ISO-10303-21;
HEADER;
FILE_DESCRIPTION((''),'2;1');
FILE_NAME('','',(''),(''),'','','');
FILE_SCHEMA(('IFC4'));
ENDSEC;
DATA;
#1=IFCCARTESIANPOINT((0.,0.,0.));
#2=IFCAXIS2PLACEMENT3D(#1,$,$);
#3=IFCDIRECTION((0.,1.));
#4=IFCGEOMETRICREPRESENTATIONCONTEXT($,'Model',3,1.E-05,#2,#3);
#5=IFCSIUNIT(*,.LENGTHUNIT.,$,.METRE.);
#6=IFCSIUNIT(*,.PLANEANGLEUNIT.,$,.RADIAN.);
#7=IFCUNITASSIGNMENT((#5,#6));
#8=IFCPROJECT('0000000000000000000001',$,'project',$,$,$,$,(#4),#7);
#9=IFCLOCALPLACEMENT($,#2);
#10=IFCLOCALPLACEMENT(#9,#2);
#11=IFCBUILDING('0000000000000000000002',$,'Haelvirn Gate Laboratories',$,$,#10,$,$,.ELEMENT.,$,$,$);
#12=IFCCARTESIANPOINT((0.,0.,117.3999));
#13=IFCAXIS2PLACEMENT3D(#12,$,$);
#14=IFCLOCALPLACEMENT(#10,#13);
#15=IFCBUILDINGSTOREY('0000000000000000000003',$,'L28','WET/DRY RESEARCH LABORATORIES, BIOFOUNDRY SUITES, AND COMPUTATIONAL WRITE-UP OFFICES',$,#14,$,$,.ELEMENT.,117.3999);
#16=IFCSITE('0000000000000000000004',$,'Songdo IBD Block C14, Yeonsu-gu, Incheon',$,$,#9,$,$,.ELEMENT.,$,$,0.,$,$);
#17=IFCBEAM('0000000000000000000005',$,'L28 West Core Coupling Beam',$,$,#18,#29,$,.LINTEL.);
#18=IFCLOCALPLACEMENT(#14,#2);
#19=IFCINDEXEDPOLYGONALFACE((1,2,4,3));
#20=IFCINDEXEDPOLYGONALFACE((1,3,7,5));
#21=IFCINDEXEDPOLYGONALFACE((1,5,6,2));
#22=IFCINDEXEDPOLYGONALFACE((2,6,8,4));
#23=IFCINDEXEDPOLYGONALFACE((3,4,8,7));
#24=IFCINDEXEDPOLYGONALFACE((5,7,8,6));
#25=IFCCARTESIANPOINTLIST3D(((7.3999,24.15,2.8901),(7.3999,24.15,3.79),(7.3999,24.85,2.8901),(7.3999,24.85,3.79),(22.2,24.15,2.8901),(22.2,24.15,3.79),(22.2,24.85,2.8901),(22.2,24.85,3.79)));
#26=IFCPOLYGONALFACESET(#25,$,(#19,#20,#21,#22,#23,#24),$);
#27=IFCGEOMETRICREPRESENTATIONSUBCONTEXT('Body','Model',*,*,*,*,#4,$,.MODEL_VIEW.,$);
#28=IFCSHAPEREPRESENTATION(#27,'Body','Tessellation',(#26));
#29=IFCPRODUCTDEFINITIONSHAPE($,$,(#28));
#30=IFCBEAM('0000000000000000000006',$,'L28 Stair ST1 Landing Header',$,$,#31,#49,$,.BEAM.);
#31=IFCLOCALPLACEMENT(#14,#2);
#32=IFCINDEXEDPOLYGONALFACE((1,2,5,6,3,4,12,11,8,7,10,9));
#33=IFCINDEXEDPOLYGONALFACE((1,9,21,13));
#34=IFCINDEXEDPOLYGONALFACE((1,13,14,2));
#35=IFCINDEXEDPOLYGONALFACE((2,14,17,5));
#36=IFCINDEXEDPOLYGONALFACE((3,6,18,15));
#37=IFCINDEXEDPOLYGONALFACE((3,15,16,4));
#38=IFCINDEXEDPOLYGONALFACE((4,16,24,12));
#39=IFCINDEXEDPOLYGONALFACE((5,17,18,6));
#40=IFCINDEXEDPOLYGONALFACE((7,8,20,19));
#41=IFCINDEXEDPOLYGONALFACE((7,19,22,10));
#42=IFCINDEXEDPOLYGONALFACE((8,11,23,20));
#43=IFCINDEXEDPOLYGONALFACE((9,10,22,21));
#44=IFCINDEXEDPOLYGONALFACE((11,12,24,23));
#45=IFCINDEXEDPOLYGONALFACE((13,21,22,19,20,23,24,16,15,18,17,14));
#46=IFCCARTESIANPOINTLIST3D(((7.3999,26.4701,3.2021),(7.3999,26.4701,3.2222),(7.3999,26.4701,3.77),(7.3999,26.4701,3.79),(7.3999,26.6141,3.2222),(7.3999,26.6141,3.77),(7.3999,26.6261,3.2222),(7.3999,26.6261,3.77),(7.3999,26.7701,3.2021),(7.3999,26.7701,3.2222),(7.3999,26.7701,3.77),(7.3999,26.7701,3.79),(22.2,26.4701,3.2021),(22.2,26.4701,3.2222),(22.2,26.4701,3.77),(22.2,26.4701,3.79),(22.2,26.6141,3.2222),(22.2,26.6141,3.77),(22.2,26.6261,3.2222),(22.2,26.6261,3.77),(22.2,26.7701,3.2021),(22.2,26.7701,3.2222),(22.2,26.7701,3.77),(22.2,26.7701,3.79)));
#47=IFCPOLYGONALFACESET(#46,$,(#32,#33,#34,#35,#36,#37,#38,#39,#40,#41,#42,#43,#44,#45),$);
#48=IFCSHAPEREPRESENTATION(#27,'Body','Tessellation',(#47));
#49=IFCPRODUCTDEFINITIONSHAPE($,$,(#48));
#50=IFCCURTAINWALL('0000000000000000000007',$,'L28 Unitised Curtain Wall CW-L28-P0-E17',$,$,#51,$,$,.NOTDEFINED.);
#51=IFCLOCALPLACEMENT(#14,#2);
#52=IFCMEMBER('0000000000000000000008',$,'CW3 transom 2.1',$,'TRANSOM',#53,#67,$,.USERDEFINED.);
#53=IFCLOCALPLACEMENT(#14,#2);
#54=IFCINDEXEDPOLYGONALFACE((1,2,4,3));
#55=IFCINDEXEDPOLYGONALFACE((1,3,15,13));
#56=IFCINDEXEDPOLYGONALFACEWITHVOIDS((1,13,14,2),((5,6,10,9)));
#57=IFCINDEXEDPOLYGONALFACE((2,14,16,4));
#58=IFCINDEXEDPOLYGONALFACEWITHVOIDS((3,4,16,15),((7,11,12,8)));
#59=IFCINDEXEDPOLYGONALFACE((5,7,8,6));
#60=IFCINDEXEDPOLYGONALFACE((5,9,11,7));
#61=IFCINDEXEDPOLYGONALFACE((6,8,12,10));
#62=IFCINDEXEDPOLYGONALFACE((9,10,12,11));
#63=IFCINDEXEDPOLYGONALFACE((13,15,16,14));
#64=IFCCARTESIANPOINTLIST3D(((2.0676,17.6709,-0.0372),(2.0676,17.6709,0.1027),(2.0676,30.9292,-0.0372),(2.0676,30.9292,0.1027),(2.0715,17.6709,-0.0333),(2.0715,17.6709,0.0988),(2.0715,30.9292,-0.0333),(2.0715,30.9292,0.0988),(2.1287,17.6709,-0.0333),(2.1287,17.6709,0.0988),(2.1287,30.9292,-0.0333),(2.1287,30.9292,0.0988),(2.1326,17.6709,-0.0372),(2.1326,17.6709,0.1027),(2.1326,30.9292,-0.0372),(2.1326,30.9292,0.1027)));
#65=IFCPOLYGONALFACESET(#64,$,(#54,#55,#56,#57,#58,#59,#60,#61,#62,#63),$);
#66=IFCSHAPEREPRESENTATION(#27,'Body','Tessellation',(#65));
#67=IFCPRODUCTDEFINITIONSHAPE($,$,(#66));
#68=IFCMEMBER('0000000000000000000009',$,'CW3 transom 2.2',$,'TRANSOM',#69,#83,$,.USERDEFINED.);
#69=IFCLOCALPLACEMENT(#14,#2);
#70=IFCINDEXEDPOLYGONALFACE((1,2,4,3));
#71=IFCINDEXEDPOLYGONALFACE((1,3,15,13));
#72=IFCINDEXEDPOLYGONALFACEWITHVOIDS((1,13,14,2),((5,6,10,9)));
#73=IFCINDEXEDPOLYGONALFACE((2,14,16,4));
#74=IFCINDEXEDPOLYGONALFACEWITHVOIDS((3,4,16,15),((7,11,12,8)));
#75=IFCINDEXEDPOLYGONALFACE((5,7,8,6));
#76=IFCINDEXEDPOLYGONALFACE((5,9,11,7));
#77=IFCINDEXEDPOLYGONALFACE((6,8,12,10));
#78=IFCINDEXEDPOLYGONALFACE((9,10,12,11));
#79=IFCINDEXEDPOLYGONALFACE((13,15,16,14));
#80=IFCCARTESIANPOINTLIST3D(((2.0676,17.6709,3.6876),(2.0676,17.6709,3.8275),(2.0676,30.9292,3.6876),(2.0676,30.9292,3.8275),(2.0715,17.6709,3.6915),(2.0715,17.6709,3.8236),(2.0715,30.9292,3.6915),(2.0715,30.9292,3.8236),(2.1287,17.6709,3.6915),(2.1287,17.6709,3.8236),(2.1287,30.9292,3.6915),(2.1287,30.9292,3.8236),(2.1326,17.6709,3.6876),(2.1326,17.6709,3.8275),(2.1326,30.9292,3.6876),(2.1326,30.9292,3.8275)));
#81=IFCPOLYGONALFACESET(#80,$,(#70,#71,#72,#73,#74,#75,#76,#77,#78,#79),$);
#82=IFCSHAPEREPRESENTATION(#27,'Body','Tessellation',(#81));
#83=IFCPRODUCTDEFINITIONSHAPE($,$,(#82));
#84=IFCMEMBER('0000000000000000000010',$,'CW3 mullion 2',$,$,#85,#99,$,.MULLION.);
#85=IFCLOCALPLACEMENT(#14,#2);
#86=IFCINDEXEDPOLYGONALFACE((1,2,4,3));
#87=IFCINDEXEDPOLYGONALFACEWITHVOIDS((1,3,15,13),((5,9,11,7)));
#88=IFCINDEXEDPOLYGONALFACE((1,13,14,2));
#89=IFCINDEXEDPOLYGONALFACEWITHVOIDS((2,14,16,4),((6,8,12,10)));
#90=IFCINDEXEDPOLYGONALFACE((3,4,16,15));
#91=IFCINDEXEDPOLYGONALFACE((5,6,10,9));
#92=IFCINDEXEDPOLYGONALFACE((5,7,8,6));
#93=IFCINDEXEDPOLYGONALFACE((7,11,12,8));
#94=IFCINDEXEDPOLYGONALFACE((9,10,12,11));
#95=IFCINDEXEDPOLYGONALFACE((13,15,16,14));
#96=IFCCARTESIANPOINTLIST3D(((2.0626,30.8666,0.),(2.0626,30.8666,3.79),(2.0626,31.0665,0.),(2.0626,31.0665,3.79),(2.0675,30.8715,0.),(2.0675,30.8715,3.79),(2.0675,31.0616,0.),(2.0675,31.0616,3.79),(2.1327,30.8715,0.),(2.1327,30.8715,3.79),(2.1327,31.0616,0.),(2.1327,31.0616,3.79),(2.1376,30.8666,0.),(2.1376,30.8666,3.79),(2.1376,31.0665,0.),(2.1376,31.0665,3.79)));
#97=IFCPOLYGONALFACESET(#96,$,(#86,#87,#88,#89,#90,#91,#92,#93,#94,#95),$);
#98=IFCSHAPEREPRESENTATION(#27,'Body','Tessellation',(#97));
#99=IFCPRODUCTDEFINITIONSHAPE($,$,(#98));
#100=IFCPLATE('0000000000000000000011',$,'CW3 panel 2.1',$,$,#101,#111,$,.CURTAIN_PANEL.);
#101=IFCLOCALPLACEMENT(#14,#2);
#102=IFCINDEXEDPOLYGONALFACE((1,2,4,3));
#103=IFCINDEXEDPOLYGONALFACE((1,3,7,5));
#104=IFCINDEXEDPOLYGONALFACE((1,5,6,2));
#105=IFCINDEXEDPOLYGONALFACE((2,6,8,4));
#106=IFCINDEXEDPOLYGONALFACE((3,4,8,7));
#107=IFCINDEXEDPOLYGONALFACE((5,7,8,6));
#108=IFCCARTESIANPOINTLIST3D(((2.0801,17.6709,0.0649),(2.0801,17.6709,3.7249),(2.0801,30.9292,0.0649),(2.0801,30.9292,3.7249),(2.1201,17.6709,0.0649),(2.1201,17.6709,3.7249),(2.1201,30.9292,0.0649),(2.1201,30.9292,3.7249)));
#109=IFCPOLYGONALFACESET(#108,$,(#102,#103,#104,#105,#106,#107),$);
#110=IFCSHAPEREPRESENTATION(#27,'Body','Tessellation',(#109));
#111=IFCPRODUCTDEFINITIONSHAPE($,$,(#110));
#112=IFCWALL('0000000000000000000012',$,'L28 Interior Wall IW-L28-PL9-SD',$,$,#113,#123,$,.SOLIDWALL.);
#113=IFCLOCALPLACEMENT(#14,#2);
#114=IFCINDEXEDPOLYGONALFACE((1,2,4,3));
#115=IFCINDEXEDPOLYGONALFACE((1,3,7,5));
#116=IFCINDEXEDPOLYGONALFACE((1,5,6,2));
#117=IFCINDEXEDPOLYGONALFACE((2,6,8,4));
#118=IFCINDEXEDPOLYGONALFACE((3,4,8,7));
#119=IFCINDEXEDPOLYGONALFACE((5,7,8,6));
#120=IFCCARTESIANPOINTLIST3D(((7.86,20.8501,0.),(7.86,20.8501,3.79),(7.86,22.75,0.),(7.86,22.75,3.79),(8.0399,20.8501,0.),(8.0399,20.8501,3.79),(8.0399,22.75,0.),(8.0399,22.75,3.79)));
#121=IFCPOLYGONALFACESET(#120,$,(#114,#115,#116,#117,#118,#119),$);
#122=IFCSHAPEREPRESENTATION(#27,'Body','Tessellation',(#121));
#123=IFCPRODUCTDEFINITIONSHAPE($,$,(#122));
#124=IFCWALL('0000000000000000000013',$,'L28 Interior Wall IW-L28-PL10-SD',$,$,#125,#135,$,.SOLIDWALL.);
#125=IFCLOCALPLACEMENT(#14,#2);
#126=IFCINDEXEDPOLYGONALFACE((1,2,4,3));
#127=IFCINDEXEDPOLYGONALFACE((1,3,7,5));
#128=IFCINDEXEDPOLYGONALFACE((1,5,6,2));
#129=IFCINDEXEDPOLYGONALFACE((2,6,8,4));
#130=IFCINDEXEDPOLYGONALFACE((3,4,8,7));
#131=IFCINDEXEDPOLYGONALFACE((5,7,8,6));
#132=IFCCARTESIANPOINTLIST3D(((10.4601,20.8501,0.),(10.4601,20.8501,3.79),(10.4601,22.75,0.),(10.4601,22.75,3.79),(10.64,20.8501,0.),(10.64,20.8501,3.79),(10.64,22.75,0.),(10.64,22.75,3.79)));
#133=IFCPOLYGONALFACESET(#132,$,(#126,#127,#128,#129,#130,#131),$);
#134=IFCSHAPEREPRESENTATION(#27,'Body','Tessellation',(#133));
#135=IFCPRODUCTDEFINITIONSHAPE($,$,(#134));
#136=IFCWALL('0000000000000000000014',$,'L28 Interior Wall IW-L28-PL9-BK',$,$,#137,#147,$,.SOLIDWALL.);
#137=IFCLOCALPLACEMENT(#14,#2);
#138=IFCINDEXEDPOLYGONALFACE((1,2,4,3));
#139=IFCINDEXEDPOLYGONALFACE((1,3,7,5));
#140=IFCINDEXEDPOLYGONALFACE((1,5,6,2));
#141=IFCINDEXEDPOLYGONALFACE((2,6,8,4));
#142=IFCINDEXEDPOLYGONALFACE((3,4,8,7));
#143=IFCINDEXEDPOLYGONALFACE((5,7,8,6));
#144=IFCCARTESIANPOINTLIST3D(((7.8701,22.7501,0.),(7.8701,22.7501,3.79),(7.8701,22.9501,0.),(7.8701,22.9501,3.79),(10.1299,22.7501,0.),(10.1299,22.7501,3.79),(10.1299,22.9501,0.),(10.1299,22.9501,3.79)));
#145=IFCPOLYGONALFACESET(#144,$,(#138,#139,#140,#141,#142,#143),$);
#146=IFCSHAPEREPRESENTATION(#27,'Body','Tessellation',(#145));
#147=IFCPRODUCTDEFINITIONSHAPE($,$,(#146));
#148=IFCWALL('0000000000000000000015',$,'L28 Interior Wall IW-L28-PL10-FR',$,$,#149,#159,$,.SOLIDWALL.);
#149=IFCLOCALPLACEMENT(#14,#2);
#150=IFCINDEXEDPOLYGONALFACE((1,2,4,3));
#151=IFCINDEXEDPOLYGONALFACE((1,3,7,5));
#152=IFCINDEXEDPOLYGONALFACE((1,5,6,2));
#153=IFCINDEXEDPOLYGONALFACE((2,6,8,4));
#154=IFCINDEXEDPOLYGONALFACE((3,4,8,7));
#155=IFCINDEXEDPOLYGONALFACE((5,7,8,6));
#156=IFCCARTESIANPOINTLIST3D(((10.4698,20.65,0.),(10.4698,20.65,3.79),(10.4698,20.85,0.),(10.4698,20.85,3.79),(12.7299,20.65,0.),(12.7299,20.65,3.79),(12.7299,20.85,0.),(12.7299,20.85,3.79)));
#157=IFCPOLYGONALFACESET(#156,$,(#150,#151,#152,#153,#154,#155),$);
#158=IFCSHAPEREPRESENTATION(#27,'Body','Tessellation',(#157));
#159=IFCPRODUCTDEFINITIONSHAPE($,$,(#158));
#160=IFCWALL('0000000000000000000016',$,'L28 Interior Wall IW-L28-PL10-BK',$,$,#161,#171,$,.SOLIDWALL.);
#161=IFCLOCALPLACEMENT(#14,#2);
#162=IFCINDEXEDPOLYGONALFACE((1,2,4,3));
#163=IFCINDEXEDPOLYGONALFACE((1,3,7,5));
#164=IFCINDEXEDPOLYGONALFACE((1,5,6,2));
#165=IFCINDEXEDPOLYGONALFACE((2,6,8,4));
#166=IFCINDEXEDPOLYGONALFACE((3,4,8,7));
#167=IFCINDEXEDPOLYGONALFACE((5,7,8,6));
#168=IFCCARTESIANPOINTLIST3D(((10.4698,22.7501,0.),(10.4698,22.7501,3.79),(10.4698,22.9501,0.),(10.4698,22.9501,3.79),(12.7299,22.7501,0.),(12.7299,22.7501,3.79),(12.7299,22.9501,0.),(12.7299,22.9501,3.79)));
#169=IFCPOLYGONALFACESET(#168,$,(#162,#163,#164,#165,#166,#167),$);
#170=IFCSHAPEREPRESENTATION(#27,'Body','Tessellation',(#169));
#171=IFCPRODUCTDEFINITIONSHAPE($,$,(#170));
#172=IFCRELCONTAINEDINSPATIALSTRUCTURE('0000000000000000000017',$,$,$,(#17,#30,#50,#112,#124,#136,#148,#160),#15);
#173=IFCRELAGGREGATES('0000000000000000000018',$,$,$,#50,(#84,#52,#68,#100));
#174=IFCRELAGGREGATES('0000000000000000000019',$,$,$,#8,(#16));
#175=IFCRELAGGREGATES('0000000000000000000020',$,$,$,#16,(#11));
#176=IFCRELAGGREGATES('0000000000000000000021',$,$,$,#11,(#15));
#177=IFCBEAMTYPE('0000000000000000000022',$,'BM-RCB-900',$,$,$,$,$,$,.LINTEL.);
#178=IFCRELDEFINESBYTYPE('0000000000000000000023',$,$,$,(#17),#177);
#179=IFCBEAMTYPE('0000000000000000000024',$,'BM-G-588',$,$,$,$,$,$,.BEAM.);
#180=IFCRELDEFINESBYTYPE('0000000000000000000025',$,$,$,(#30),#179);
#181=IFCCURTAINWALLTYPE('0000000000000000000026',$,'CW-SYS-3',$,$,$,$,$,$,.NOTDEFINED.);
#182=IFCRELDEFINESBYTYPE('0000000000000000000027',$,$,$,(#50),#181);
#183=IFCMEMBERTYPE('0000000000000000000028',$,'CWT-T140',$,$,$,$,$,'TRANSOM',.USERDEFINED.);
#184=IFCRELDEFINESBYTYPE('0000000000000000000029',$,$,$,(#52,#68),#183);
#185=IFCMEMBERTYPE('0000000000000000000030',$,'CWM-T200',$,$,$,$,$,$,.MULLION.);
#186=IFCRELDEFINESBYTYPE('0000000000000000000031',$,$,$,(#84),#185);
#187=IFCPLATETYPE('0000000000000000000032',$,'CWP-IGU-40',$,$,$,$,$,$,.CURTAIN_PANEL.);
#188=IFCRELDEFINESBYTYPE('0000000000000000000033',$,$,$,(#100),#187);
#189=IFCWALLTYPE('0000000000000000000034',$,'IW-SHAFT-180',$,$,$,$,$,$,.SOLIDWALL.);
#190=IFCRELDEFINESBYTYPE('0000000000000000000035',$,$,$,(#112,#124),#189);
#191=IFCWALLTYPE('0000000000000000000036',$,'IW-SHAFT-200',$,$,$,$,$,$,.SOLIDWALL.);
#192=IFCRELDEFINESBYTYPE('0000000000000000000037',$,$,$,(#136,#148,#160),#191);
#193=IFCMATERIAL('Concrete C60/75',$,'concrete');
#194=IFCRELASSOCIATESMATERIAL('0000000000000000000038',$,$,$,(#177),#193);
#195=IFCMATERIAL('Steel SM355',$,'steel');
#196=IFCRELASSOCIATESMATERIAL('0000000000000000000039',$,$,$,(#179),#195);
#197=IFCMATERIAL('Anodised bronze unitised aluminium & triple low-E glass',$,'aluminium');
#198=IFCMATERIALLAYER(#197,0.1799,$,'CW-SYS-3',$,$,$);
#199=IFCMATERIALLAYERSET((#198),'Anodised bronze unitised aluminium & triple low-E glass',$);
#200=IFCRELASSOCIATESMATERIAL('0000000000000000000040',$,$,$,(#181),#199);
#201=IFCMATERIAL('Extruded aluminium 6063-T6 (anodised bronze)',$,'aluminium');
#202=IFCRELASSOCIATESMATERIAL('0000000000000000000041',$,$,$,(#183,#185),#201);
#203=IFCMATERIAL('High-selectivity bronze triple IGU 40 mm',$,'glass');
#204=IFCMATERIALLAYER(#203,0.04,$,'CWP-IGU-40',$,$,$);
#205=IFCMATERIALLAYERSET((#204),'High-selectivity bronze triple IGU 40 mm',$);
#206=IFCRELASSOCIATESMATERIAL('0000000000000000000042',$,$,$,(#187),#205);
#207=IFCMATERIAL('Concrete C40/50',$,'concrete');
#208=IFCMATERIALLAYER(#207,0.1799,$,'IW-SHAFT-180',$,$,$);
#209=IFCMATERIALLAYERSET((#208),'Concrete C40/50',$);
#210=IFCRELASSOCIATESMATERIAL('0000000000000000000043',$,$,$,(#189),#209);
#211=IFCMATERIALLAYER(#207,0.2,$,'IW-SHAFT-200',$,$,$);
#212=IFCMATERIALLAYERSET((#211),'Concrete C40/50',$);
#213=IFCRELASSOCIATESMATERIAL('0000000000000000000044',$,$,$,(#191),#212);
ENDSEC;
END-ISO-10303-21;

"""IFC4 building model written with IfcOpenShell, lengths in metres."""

from ifc_helpers import new_model, si_unit, direction, frame, frame_2d, origin, origin_2d, place, context, subcontext, project, spatial, rectangle, hollow_rectangle, i_section, extrude, source, transform, mapped, material, layer, layer_set, material_profile, profile_set, type_object, type_shapes, element, aggregate, save


model = new_model("IFC4")

# Units and contexts
model_context = context("Model", 3, precision=1e-05, world=origin(), true_north=direction((0.0, 1.0)))
body_context = subcontext(model_context, "Body", "Model", "MODEL_VIEW")
ifc_project = project(units=[si_unit("LENGTHUNIT", "METRE"), si_unit("PLANEANGLEUNIT", "RADIAN")], contexts=[model_context])

# Site, building, storey
site_placement = place(None, origin())
site = spatial("IfcSite", under=ifc_project, at=site_placement, Name="Songdo IBD Block C14, Yeonsu-gu, Incheon", CompositionType="ELEMENT", RefElevation=0.0)
building_placement = place(site_placement, origin())
building = spatial("IfcBuilding", under=site, at=building_placement, Name="Haelvirn Gate Laboratories", CompositionType="ELEMENT")
storey_placement = place(building_placement, frame((0.0, 0.0, 117.3999)))
storey = spatial("IfcBuildingStorey", under=building, at=storey_placement, Name="L28", Description="WET/DRY RESEARCH LABORATORIES, BIOFOUNDRY SUITES, AND COMPUTATIONAL WRITE-UP OFFICES", CompositionType="ELEMENT", Elevation=117.3999)

# Beams
ifc_material_1 = material(Name="Concrete C60/75", Category="concrete")
ifc_material_profile_1 = material_profile(ifc_material_1, rectangle(XDim=0.7, YDim=0.8999, at=origin_2d()), Name="RCB-700x900")
ifc_profile_set_1 = profile_set([ifc_material_profile_1], Name="Concrete C60/75")
beam_type_1 = type_object("IfcBeamType", Name="BM-RCB-900", PredefinedType="LINTEL", material=ifc_profile_set_1)
shared_shape_1 = source(origin(), body_context, "Body", "SweptSolid", [
    extrude(rectangle(XDim=0.7, YDim=0.8999, at=origin_2d()), origin(), (0.0, 0.0, 1.0), 14.8),
])
type_shapes(beam_type_1, [shared_shape_1])
beam_1_placement = place(storey_placement, frame((7.3999, 24.5, 3.3401), z_axis=(1.0, 0.0, 0.0), x_axis=(0.0, 1.0, 0.0)))
element("IfcBeam", 1, at=beam_1_placement, inside=storey, type_object=beam_type_1, Name="L28 West Core Coupling Beam", PredefinedType="LINTEL", context=body_context, shape_type="MappedRepresentation", body=[
    mapped(shared_shape_1, transform((0.0, 0.0, 0.0), scale=1.0)),
])
ifc_material_2 = material(Name="Steel SM355", Category="steel")
ifc_material_profile_2 = material_profile(ifc_material_2, i_section(OverallWidth=0.3, OverallDepth=0.5879, WebThickness=0.012, FlangeThickness=0.02, at=origin_2d()), Name="H-588x300x12x20")
ifc_profile_set_2 = profile_set([ifc_material_profile_2], Name="Steel SM355")
beam_type_2 = type_object("IfcBeamType", Name="BM-G-588", PredefinedType="BEAM", material=ifc_profile_set_2)
shared_shape_2 = source(origin(), body_context, "Body", "SweptSolid", [
    extrude(i_section(OverallWidth=0.3, OverallDepth=0.5879, WebThickness=0.012, FlangeThickness=0.02, at=origin_2d()), origin(), (0.0, 0.0, 1.0), 14.8),
])
type_shapes(beam_type_2, [shared_shape_2])
beam_2_placement = place(storey_placement, frame((7.3999, 26.6201, 3.4961), z_axis=(1.0, 0.0, 0.0), x_axis=(0.0, 1.0, 0.0)))
element("IfcBeam", 2, at=beam_2_placement, inside=storey, type_object=beam_type_2, Name="L28 Stair ST1 Landing Header", PredefinedType="BEAM", context=body_context, shape_type="MappedRepresentation", body=[
    mapped(shared_shape_2, transform((0.0, 0.0, 0.0), scale=1.0)),
])

# Curtain wall, members, plate
ifc_material_3 = material(Name="Anodised bronze unitised aluminium & triple low-E glass", Category="aluminium")
ifc_layer_1 = layer(ifc_material_3, 0.1799, Name="CW-SYS-3")
ifc_layer_set_1 = layer_set([ifc_layer_1], Name="Anodised bronze unitised aluminium & triple low-E glass")
curtain_wall_type = type_object("IfcCurtainWallType", Name="CW-SYS-3", PredefinedType="NOTDEFINED", material=ifc_layer_set_1)
curtain_wall_placement = place(storey_placement, origin())
curtain_wall = element("IfcCurtainWall", 3, at=curtain_wall_placement, inside=storey, type_object=curtain_wall_type, Name="L28 Unitised Curtain Wall CW-L28-P0-E17", PredefinedType="NOTDEFINED")
ifc_material_4 = material(Name="Extruded aluminium 6063-T6 (anodised bronze)", Category="aluminium")
ifc_material_profile_3 = material_profile(ifc_material_4, hollow_rectangle(XDim=0.0649, YDim=0.1399, WallThickness=0.0039, at=origin_2d()), Name="CWT-140x65x4")
ifc_profile_set_3 = profile_set([ifc_material_profile_3], Name="Extruded aluminium 6063-T6 (anodised bronze)")
member_type_1 = type_object("IfcMemberType", Name="CWT-T140", ElementType="TRANSOM", PredefinedType="USERDEFINED", material=ifc_profile_set_3)
shared_shape_3 = source(origin(), body_context, "Body", "SweptSolid", [
    extrude(hollow_rectangle(XDim=0.0649, YDim=0.1399, WallThickness=0.0039, at=origin_2d()), origin(), (0.0, 0.0, 1.0), 13.2583),
])
type_shapes(member_type_1, [shared_shape_3])
member_1_placement = place(storey_placement, frame((2.1001, 30.9292, 0.0327), z_axis=(0.0, -1.0, 0.0), x_axis=(1.0, 0.0, 0.0)))
member_1 = element("IfcMember", 4, at=member_1_placement, type_object=member_type_1, Name="CW3 transom 2.1", ObjectType="TRANSOM", PredefinedType="USERDEFINED", context=body_context, shape_type="MappedRepresentation", body=[
    mapped(shared_shape_3, transform((0.0, 0.0, 0.0), scale=1.0)),
])
member_2_placement = place(storey_placement, frame((2.1001, 30.9292, 3.7576), z_axis=(0.0, -1.0, 0.0), x_axis=(1.0, 0.0, 0.0)))
member_2 = element("IfcMember", 5, at=member_2_placement, type_object=member_type_1, Name="CW3 transom 2.2", ObjectType="TRANSOM", PredefinedType="USERDEFINED", context=body_context, shape_type="MappedRepresentation", body=[
    mapped(shared_shape_3, transform((0.0, 0.0, 0.0), scale=1.0)),
])
ifc_material_profile_4 = material_profile(ifc_material_4, hollow_rectangle(XDim=0.075, YDim=0.2, WallThickness=0.0049, at=origin_2d()), Name="CWM-200x75x5")
ifc_profile_set_4 = profile_set([ifc_material_profile_4], Name="Extruded aluminium 6063-T6 (anodised bronze)")
member_type_2 = type_object("IfcMemberType", Name="CWM-T200", PredefinedType="MULLION", material=ifc_profile_set_4)
shared_shape_4 = source(origin(), body_context, "Body", "SweptSolid", [
    extrude(hollow_rectangle(XDim=0.075, YDim=0.2, WallThickness=0.0049, at=origin_2d()), origin(), (0.0, 0.0, 1.0), 3.79),
])
type_shapes(member_type_2, [shared_shape_4])
member_3_placement = place(storey_placement, frame((2.1001, 30.9666, 0.0), z_axis=(0.0, 0.0, 1.0), x_axis=(1.0, 0.0, 0.0)))
member_3 = element("IfcMember", 6, at=member_3_placement, type_object=member_type_2, Name="CW3 mullion 2", PredefinedType="MULLION", context=body_context, shape_type="MappedRepresentation", body=[
    mapped(shared_shape_4, transform((0.0, 0.0, 0.0), scale=1.0)),
])
ifc_material_5 = material(Name="High-selectivity bronze triple IGU 40 mm", Category="glass")
ifc_layer_2 = layer(ifc_material_5, 0.04, Name="CWP-IGU-40")
ifc_layer_set_2 = layer_set([ifc_layer_2], Name="High-selectivity bronze triple IGU 40 mm")
plate_type = type_object("IfcPlateType", Name="CWP-IGU-40", PredefinedType="CURTAIN_PANEL", material=ifc_layer_set_2)
shared_shape_5 = source(origin(), body_context, "Body", "SweptSolid", [
    extrude(rectangle(XDim=13.2583, YDim=0.04, at=origin_2d()), origin(), (0.0, 0.0, 1.0), 3.6599),
])
type_shapes(plate_type, [shared_shape_5])
plate_placement = place(storey_placement, frame((2.1001, 24.3, 0.0649), z_axis=(0.0, 0.0, 1.0), x_axis=(0.0, -1.0, 0.0)))
plate = element("IfcPlate", 7, at=plate_placement, type_object=plate_type, Name="CW3 panel 2.1", PredefinedType="CURTAIN_PANEL", context=body_context, shape_type="MappedRepresentation", body=[
    mapped(shared_shape_5, transform((0.0, 0.0, 0.0), scale=1.0)),
])
aggregate(curtain_wall, [member_3, member_1, member_2, plate])

# Walls
ifc_material_6 = material(Name="Concrete C40/50", Category="concrete")
ifc_layer_3 = layer(ifc_material_6, 0.1799, Name="IW-SHAFT-180")
ifc_layer_set_3 = layer_set([ifc_layer_3], Name="Concrete C40/50")
wall_type_1 = type_object("IfcWallType", Name="IW-SHAFT-180", PredefinedType="SOLIDWALL", material=ifc_layer_set_3)
for number, where, z_axis, x_axis, name in (
    (8, (7.95, 20.8501, 0.0), (0.0, 0.0, 1.0), (0.0, 1.0, 0.0), "L28 Interior Wall IW-L28-PL9-SD"),
    (9, (10.55, 20.8501, 0.0), (0.0, 0.0, 1.0), (0.0, 1.0, 0.0), "L28 Interior Wall IW-L28-PL10-SD"),
):
    element("IfcWall", number, at=place(storey_placement, frame(where, z_axis=z_axis, x_axis=x_axis)), inside=storey, type_object=wall_type_1, Name=name, PredefinedType="SOLIDWALL", context=body_context, shape_type="SweptSolid", body=[
        extrude(rectangle(XDim=1.8999, YDim=0.1799, at=frame_2d((0.95, 0.0))), origin(), (0.0, 0.0, 1.0), 3.79),
    ])
ifc_layer_4 = layer(ifc_material_6, 0.2, Name="IW-SHAFT-200")
ifc_layer_set_4 = layer_set([ifc_layer_4], Name="Concrete C40/50")
wall_type_2 = type_object("IfcWallType", Name="IW-SHAFT-200", PredefinedType="SOLIDWALL", material=ifc_layer_set_4)
wall_1_placement = place(storey_placement, frame((7.8701, 22.8501, 0.0), z_axis=(0.0, 0.0, 1.0), x_axis=(1.0, 0.0, 0.0)))
element("IfcWall", 10, at=wall_1_placement, inside=storey, type_object=wall_type_2, Name="L28 Interior Wall IW-L28-PL9-BK", PredefinedType="SOLIDWALL", context=body_context, shape_type="SweptSolid", body=[
    extrude(rectangle(XDim=2.2598, YDim=0.2, at=frame_2d((1.1299, 0.0))), origin(), (0.0, 0.0, 1.0), 3.79),
])
for number, where, z_axis, x_axis, name in (
    (11, (10.47, 20.75, 0.0), (0.0, 0.0, 1.0), (1.0, 0.0, 0.0), "L28 Interior Wall IW-L28-PL10-FR"),
    (12, (10.47, 22.8501, 0.0), (0.0, 0.0, 1.0), (1.0, 0.0, 0.0), "L28 Interior Wall IW-L28-PL10-BK"),
):
    element("IfcWall", number, at=place(storey_placement, frame(where, z_axis=z_axis, x_axis=x_axis)), inside=storey, type_object=wall_type_2, Name=name, PredefinedType="SOLIDWALL", context=body_context, shape_type="SweptSolid", body=[
        extrude(rectangle(XDim=2.26, YDim=0.2, at=frame_2d((1.1299, 0.0))), origin(), (0.0, 0.0, 1.0), 3.79),
    ])

save(model, "model.ifc")
